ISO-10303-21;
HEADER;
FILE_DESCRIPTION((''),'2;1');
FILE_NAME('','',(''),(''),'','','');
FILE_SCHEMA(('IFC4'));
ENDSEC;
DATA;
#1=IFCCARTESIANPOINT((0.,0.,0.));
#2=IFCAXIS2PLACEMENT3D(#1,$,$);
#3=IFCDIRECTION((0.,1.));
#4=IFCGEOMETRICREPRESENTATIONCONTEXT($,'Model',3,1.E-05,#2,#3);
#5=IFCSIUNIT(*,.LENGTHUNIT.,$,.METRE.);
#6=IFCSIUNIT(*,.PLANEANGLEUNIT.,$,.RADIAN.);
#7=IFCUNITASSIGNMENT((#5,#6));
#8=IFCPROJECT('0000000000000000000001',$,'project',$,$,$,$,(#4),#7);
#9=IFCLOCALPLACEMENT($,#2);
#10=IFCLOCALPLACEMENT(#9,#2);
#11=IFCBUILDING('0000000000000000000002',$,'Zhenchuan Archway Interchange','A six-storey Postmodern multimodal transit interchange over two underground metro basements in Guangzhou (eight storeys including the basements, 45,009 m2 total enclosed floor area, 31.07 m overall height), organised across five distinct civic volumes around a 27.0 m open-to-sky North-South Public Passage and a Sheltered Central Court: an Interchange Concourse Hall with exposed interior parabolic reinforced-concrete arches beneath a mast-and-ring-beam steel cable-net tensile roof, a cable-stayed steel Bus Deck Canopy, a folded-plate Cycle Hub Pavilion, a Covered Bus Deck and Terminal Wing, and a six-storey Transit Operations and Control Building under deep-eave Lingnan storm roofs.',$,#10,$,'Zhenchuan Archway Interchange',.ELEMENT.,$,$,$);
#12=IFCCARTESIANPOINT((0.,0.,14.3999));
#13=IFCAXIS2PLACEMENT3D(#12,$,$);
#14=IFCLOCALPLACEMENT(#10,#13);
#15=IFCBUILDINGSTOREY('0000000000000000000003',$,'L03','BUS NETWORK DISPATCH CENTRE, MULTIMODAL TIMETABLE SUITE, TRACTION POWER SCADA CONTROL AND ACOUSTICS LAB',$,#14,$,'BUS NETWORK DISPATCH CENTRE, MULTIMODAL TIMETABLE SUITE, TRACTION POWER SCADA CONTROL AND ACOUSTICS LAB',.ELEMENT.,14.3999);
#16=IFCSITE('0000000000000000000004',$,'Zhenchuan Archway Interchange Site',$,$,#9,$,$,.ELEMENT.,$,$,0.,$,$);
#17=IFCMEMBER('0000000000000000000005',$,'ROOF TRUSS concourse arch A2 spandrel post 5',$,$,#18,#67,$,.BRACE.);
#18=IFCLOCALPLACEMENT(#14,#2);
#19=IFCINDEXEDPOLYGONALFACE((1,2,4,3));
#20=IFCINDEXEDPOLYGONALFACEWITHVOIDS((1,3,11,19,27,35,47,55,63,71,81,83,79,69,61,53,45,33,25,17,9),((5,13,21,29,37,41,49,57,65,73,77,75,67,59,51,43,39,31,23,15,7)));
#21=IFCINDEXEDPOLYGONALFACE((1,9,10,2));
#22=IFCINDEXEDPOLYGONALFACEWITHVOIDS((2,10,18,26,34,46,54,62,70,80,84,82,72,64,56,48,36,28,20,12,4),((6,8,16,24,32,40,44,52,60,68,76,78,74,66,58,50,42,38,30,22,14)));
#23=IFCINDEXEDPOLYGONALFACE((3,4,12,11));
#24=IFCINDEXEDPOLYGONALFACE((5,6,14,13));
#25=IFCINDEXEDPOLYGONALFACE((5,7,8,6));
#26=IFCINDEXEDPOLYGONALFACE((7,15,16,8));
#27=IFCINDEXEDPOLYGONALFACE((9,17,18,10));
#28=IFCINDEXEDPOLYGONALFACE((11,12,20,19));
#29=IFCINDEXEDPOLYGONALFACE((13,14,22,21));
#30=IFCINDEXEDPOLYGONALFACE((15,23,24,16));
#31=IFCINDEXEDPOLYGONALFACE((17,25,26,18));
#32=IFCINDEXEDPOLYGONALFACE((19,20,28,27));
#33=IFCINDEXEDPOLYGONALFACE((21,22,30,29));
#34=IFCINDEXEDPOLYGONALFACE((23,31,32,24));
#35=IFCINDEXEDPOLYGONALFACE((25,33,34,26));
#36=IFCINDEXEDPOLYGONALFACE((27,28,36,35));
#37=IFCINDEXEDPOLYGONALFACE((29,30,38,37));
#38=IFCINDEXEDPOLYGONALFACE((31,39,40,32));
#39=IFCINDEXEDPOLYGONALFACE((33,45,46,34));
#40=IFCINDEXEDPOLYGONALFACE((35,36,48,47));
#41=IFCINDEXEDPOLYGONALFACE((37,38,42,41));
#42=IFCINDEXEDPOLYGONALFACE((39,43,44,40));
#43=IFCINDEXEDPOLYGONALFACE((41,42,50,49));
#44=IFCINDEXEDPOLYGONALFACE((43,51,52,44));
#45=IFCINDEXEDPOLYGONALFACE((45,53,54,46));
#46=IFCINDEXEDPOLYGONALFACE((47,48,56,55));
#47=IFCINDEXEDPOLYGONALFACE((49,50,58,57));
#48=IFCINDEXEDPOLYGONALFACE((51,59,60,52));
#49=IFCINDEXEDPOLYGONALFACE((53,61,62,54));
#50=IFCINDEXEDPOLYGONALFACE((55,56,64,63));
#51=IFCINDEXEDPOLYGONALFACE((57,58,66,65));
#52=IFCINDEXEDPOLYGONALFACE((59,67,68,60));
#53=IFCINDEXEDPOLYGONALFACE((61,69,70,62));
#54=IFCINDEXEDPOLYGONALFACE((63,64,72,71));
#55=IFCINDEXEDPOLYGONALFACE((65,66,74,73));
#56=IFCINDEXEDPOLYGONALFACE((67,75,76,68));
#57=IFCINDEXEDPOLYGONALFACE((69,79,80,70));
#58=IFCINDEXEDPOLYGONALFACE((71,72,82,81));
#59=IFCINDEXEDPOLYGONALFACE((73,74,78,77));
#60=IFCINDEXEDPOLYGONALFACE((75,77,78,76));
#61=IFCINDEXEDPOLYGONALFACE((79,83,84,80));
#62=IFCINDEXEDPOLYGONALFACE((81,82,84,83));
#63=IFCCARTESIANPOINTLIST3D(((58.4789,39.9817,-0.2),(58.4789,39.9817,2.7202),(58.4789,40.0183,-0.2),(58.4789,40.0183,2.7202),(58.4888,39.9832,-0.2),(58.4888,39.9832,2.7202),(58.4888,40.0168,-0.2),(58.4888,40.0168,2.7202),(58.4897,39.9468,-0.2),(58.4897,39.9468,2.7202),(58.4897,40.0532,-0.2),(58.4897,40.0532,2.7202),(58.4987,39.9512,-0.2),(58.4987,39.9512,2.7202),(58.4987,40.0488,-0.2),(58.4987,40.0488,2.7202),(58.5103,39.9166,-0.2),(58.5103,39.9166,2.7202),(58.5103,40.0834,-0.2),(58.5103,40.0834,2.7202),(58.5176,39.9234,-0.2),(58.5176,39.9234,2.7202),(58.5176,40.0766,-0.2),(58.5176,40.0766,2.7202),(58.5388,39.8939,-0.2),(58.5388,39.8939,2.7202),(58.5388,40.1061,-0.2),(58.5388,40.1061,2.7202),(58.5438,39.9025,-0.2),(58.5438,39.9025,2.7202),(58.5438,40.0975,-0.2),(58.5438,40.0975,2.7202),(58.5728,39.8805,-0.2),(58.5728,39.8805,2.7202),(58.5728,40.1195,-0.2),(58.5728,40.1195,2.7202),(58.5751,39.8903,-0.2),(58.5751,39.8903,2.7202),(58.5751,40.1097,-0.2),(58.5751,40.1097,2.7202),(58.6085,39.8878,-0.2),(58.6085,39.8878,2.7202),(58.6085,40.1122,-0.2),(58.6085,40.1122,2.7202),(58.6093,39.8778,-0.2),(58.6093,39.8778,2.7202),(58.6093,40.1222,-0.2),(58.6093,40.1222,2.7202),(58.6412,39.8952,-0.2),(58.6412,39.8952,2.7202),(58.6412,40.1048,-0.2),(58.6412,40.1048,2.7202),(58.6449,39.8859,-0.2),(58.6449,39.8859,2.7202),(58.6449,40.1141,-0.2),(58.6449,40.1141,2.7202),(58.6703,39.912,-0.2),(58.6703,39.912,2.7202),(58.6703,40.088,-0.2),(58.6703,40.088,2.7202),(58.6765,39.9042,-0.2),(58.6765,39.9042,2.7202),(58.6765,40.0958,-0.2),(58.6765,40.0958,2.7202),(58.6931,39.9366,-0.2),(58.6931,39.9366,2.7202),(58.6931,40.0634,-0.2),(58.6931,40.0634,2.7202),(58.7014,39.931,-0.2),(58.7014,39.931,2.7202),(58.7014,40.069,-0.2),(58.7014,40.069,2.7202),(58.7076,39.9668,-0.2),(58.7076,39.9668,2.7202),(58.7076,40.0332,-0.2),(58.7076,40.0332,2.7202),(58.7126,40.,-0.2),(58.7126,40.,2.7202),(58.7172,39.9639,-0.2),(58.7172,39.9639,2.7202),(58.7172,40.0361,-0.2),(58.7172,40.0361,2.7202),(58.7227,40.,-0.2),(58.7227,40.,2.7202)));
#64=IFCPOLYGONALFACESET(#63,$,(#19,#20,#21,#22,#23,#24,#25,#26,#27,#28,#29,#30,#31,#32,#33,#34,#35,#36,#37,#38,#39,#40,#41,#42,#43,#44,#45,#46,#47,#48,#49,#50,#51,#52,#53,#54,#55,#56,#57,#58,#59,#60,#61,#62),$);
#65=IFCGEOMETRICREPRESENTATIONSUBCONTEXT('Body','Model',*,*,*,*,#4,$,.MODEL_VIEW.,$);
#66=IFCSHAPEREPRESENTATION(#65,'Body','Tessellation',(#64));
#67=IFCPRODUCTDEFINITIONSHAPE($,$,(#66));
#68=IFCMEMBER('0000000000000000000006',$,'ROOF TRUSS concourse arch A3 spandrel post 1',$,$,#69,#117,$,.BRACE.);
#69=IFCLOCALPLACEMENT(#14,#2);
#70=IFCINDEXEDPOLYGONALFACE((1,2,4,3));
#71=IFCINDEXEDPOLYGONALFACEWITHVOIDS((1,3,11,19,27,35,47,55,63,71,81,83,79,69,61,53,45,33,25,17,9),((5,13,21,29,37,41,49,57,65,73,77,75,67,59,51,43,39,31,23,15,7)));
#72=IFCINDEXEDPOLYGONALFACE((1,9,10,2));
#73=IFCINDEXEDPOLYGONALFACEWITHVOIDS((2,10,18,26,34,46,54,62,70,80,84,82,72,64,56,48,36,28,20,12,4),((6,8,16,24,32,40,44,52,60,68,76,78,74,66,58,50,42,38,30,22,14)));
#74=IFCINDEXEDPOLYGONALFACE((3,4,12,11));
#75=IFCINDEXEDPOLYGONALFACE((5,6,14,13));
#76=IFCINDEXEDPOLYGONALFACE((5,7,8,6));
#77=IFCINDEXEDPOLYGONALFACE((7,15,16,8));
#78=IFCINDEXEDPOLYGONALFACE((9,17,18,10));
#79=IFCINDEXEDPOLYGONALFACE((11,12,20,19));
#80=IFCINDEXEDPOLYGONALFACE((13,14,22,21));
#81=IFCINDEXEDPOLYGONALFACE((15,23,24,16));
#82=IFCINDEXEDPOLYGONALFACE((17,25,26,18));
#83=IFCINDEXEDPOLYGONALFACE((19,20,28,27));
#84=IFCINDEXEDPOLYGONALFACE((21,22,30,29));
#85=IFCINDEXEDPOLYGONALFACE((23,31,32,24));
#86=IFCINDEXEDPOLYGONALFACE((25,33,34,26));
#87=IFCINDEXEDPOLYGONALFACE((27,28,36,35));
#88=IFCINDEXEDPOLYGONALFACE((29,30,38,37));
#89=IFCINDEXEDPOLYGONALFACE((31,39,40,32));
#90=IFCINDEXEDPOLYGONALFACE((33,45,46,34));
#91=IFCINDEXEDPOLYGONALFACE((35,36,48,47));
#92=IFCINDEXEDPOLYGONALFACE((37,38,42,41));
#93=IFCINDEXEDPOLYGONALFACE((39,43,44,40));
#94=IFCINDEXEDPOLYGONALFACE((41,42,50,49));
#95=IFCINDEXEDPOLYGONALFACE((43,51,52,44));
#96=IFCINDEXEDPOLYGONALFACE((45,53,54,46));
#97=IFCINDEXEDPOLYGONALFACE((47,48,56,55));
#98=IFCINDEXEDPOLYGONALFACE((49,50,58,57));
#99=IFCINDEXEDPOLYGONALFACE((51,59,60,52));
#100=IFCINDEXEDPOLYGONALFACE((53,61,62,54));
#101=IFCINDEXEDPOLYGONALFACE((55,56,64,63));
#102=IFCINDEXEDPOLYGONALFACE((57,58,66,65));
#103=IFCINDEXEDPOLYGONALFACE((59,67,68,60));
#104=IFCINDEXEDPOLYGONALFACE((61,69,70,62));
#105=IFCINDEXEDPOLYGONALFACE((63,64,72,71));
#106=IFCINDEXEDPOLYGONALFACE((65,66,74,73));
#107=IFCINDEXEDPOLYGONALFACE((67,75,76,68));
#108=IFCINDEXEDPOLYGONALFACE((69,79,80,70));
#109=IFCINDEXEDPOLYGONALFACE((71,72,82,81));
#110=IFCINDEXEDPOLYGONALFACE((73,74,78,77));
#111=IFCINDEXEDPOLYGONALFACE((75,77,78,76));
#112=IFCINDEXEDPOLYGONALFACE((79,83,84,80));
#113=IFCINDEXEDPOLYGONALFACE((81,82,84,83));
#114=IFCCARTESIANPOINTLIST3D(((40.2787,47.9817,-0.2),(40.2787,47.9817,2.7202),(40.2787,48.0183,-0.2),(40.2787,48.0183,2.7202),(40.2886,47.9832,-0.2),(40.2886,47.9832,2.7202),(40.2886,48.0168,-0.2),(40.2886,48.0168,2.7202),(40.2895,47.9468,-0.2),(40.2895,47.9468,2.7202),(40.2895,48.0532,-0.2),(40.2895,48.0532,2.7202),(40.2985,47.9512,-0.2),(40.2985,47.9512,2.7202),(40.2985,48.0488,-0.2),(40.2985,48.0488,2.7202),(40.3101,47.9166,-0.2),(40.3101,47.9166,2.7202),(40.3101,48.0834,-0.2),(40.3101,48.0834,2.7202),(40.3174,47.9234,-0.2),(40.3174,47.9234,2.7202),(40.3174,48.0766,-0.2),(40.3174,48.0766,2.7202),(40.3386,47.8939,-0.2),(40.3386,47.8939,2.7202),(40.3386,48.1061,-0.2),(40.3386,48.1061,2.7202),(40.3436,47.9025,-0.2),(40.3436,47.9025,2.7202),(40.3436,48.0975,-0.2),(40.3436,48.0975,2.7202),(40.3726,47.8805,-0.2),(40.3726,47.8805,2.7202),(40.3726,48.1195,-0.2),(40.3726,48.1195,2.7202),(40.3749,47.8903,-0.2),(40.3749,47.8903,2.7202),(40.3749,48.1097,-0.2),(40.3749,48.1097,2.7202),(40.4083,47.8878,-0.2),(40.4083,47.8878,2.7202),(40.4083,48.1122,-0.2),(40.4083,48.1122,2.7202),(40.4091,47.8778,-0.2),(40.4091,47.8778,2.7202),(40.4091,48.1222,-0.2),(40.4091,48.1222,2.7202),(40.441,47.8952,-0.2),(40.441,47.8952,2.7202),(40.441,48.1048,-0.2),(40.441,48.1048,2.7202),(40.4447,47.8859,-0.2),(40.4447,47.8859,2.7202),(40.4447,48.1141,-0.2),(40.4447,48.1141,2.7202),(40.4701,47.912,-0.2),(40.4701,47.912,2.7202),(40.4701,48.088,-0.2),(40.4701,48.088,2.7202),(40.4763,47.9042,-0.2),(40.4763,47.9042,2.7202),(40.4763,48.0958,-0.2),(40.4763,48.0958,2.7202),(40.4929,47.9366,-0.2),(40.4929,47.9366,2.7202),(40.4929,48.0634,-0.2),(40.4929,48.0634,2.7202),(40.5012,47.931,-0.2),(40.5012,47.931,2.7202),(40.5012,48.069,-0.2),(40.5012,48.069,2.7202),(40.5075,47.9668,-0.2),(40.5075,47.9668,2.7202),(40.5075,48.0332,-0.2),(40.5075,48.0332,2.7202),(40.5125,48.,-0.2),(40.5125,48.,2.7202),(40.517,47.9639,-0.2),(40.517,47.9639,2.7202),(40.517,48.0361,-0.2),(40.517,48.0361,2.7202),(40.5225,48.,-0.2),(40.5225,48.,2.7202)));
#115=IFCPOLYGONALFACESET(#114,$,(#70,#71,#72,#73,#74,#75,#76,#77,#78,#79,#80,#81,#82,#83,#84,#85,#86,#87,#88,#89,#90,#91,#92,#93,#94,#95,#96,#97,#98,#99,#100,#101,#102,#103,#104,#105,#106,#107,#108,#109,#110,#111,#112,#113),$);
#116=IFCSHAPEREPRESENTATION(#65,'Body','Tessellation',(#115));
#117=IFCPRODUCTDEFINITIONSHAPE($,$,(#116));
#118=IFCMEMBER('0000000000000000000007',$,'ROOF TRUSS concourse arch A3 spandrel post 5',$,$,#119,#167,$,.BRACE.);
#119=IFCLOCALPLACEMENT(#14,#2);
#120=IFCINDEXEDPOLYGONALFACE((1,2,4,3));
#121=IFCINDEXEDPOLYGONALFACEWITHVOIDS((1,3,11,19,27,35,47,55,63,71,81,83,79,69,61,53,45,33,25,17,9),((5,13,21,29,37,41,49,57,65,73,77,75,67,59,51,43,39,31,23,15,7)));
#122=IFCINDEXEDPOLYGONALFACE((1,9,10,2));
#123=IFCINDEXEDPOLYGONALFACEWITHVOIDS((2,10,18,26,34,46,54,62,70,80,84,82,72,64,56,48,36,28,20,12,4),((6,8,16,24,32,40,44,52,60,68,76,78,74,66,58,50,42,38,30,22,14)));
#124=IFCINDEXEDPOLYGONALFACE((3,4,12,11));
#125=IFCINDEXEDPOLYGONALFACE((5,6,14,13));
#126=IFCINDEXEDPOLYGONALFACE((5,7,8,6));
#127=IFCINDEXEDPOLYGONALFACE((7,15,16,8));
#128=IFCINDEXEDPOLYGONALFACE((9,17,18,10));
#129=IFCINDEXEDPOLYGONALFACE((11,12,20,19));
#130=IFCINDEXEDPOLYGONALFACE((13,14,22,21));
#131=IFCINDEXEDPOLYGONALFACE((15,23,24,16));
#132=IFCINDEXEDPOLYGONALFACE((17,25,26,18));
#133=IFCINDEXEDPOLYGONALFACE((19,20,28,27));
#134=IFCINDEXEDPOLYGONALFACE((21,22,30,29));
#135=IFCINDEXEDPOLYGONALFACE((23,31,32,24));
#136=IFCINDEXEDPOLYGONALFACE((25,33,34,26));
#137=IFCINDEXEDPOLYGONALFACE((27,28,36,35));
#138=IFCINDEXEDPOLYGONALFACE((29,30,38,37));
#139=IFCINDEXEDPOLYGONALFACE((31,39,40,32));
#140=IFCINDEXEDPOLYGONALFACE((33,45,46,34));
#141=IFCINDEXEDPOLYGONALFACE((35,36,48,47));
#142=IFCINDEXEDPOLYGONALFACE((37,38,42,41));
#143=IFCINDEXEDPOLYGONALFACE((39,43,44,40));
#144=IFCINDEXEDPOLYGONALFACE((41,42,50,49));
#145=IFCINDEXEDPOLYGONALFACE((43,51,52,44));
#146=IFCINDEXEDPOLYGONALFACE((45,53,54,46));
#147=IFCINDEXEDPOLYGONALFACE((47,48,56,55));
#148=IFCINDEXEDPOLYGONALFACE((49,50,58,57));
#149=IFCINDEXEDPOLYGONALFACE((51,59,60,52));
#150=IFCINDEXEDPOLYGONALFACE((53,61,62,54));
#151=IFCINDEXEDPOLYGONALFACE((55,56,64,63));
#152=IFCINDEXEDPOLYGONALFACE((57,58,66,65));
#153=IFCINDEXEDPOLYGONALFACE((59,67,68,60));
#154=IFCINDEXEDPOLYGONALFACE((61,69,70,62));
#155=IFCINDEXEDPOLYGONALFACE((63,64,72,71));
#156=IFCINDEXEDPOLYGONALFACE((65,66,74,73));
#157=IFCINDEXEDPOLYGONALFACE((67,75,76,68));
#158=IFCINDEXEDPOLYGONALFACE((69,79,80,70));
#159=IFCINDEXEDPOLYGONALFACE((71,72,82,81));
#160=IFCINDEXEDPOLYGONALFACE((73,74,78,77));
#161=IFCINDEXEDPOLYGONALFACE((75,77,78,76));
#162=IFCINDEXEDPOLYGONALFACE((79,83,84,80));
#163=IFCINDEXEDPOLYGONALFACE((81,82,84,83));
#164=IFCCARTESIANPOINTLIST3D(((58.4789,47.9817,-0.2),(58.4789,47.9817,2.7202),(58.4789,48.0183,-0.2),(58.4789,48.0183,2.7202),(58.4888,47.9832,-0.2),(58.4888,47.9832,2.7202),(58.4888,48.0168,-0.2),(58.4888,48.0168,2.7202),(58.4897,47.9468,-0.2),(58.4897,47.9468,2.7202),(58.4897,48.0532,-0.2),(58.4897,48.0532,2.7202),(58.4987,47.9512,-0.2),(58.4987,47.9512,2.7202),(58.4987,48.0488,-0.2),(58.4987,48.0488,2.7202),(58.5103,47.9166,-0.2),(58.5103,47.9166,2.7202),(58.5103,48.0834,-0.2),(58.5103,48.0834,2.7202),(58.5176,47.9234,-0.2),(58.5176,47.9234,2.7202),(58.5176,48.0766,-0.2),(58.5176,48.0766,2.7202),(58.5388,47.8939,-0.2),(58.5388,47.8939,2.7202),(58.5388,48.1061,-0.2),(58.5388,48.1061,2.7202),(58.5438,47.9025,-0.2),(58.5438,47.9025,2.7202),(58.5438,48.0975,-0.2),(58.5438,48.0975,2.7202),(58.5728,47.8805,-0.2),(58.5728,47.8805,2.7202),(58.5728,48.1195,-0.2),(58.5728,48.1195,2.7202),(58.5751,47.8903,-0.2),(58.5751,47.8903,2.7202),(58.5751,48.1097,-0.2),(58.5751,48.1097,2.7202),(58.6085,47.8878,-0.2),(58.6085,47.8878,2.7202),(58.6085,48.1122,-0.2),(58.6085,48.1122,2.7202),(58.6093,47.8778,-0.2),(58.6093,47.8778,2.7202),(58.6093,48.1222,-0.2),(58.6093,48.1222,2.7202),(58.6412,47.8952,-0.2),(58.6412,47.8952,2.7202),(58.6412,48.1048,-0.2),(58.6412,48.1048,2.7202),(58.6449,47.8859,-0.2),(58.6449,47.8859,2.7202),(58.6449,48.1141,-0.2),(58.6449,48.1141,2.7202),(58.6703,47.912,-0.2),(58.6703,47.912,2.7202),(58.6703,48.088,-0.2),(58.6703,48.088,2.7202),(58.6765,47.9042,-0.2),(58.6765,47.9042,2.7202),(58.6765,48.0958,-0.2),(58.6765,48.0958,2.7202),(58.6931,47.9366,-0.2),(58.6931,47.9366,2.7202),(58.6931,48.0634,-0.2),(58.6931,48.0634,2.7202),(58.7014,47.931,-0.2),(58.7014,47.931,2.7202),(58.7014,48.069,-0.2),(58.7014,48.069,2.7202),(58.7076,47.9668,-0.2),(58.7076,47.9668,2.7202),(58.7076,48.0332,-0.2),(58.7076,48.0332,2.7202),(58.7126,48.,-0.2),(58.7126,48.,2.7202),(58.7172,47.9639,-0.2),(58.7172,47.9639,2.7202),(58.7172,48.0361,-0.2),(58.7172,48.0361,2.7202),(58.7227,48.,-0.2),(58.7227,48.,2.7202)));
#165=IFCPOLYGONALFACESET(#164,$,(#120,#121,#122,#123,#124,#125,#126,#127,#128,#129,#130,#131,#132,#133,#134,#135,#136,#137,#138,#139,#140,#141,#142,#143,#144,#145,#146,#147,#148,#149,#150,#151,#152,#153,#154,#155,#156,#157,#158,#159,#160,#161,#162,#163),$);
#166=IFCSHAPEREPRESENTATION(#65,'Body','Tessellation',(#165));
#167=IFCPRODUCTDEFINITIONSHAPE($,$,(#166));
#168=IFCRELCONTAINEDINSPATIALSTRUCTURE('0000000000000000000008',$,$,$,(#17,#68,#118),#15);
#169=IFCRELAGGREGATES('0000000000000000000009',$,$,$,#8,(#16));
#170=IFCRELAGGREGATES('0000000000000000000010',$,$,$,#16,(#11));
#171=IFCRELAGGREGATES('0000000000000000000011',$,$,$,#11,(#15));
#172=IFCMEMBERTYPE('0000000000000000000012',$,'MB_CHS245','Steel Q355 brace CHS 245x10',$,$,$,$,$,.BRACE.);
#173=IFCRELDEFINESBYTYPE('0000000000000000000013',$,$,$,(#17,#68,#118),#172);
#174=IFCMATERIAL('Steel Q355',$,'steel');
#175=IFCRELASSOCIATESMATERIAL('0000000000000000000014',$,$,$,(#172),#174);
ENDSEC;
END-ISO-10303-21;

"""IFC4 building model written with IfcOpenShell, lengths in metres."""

from ifc_helpers import new_model, si_unit, direction, frame, origin, origin_2d, place, context, subcontext, project, spatial, hollow_circle, extrude, material, material_profile, profile_set, type_object, element, save


model = new_model("IFC4")

# Units and contexts
model_context = context("Model", 3, precision=1e-05, world=origin(), true_north=direction((0.0, 1.0)))
body_context = subcontext(model_context, "Body", "Model", "MODEL_VIEW")
ifc_project = project(units=[si_unit("LENGTHUNIT", "METRE"), si_unit("PLANEANGLEUNIT", "RADIAN")], contexts=[model_context])

# Site, building, storey
site_placement = place(None, origin())
site = spatial("IfcSite", under=ifc_project, at=site_placement, Name="Zhenchuan Archway Interchange Site", CompositionType="ELEMENT", RefElevation=0.0)
building_placement = place(site_placement, origin())
building = spatial("IfcBuilding", under=site, at=building_placement, Name="Zhenchuan Archway Interchange", Description="A six-storey Postmodern multimodal transit interchange over two underground metro basements in Guangzhou (eight storeys including the basements, 45,009 m2 total enclosed floor area, 31.07 m overall height), organised across five distinct civic volumes around a 27.0 m open-to-sky North-South Public Passage and a Sheltered Central Court: an Interchange Concourse Hall with exposed interior parabolic reinforced-concrete arches beneath a mast-and-ring-beam steel cable-net tensile roof, a cable-stayed steel Bus Deck Canopy, a folded-plate Cycle Hub Pavilion, a Covered Bus Deck and Terminal Wing, and a six-storey Transit Operations and Control Building under deep-eave Lingnan storm roofs.", LongName="Zhenchuan Archway Interchange", CompositionType="ELEMENT")
storey_placement = place(building_placement, frame((0.0, 0.0, 14.3999)))
storey = spatial("IfcBuildingStorey", under=building, at=storey_placement, Name="L03", Description="BUS NETWORK DISPATCH CENTRE, MULTIMODAL TIMETABLE SUITE, TRACTION POWER SCADA CONTROL AND ACOUSTICS LAB", LongName="BUS NETWORK DISPATCH CENTRE, MULTIMODAL TIMETABLE SUITE, TRACTION POWER SCADA CONTROL AND ACOUSTICS LAB", CompositionType="ELEMENT", Elevation=14.3999)

# Shared definitions
ifc_material_1 = material(Name="Steel Q355", Category="steel")

# Members
ifc_material_profile_1 = material_profile(ifc_material_1, hollow_circle(Radius=0.1226, WallThickness=0.01, at=origin_2d()), Name="CHS 245x10")
ifc_profile_set_1 = profile_set([ifc_material_profile_1], Name="Steel Q355")
member_type_1 = type_object("IfcMemberType", Name="MB_CHS245", Description="Steel Q355 brace CHS 245x10", PredefinedType="BRACE", material=ifc_profile_set_1)
for number, where, z_axis, x_axis, name in (
    (1, (58.6001, 40.0, -0.2), (0.0, 0.0, 1.0), (1.0, 0.0, 0.0), "ROOF TRUSS concourse arch A2 spandrel post 5"),
    (2, (40.3999, 48.0, -0.2), (0.0, 0.0, 1.0), (1.0, 0.0, 0.0), "ROOF TRUSS concourse arch A3 spandrel post 1"),
    (3, (58.6001, 48.0, -0.2), (0.0, 0.0, 1.0), (1.0, 0.0, 0.0), "ROOF TRUSS concourse arch A3 spandrel post 5"),
):
    element("IfcMember", number, at=place(storey_placement, frame(where, z_axis=z_axis, x_axis=x_axis)), inside=storey, type_object=member_type_1, Name=name, PredefinedType="BRACE", context=body_context, shape_type="SweptSolid", body=[
        extrude(hollow_circle(Radius=0.1226, WallThickness=0.01, at=origin_2d()), origin(), (0.0, 0.0, 1.0), 2.9202),
    ])

save(model, "model.ifc")
